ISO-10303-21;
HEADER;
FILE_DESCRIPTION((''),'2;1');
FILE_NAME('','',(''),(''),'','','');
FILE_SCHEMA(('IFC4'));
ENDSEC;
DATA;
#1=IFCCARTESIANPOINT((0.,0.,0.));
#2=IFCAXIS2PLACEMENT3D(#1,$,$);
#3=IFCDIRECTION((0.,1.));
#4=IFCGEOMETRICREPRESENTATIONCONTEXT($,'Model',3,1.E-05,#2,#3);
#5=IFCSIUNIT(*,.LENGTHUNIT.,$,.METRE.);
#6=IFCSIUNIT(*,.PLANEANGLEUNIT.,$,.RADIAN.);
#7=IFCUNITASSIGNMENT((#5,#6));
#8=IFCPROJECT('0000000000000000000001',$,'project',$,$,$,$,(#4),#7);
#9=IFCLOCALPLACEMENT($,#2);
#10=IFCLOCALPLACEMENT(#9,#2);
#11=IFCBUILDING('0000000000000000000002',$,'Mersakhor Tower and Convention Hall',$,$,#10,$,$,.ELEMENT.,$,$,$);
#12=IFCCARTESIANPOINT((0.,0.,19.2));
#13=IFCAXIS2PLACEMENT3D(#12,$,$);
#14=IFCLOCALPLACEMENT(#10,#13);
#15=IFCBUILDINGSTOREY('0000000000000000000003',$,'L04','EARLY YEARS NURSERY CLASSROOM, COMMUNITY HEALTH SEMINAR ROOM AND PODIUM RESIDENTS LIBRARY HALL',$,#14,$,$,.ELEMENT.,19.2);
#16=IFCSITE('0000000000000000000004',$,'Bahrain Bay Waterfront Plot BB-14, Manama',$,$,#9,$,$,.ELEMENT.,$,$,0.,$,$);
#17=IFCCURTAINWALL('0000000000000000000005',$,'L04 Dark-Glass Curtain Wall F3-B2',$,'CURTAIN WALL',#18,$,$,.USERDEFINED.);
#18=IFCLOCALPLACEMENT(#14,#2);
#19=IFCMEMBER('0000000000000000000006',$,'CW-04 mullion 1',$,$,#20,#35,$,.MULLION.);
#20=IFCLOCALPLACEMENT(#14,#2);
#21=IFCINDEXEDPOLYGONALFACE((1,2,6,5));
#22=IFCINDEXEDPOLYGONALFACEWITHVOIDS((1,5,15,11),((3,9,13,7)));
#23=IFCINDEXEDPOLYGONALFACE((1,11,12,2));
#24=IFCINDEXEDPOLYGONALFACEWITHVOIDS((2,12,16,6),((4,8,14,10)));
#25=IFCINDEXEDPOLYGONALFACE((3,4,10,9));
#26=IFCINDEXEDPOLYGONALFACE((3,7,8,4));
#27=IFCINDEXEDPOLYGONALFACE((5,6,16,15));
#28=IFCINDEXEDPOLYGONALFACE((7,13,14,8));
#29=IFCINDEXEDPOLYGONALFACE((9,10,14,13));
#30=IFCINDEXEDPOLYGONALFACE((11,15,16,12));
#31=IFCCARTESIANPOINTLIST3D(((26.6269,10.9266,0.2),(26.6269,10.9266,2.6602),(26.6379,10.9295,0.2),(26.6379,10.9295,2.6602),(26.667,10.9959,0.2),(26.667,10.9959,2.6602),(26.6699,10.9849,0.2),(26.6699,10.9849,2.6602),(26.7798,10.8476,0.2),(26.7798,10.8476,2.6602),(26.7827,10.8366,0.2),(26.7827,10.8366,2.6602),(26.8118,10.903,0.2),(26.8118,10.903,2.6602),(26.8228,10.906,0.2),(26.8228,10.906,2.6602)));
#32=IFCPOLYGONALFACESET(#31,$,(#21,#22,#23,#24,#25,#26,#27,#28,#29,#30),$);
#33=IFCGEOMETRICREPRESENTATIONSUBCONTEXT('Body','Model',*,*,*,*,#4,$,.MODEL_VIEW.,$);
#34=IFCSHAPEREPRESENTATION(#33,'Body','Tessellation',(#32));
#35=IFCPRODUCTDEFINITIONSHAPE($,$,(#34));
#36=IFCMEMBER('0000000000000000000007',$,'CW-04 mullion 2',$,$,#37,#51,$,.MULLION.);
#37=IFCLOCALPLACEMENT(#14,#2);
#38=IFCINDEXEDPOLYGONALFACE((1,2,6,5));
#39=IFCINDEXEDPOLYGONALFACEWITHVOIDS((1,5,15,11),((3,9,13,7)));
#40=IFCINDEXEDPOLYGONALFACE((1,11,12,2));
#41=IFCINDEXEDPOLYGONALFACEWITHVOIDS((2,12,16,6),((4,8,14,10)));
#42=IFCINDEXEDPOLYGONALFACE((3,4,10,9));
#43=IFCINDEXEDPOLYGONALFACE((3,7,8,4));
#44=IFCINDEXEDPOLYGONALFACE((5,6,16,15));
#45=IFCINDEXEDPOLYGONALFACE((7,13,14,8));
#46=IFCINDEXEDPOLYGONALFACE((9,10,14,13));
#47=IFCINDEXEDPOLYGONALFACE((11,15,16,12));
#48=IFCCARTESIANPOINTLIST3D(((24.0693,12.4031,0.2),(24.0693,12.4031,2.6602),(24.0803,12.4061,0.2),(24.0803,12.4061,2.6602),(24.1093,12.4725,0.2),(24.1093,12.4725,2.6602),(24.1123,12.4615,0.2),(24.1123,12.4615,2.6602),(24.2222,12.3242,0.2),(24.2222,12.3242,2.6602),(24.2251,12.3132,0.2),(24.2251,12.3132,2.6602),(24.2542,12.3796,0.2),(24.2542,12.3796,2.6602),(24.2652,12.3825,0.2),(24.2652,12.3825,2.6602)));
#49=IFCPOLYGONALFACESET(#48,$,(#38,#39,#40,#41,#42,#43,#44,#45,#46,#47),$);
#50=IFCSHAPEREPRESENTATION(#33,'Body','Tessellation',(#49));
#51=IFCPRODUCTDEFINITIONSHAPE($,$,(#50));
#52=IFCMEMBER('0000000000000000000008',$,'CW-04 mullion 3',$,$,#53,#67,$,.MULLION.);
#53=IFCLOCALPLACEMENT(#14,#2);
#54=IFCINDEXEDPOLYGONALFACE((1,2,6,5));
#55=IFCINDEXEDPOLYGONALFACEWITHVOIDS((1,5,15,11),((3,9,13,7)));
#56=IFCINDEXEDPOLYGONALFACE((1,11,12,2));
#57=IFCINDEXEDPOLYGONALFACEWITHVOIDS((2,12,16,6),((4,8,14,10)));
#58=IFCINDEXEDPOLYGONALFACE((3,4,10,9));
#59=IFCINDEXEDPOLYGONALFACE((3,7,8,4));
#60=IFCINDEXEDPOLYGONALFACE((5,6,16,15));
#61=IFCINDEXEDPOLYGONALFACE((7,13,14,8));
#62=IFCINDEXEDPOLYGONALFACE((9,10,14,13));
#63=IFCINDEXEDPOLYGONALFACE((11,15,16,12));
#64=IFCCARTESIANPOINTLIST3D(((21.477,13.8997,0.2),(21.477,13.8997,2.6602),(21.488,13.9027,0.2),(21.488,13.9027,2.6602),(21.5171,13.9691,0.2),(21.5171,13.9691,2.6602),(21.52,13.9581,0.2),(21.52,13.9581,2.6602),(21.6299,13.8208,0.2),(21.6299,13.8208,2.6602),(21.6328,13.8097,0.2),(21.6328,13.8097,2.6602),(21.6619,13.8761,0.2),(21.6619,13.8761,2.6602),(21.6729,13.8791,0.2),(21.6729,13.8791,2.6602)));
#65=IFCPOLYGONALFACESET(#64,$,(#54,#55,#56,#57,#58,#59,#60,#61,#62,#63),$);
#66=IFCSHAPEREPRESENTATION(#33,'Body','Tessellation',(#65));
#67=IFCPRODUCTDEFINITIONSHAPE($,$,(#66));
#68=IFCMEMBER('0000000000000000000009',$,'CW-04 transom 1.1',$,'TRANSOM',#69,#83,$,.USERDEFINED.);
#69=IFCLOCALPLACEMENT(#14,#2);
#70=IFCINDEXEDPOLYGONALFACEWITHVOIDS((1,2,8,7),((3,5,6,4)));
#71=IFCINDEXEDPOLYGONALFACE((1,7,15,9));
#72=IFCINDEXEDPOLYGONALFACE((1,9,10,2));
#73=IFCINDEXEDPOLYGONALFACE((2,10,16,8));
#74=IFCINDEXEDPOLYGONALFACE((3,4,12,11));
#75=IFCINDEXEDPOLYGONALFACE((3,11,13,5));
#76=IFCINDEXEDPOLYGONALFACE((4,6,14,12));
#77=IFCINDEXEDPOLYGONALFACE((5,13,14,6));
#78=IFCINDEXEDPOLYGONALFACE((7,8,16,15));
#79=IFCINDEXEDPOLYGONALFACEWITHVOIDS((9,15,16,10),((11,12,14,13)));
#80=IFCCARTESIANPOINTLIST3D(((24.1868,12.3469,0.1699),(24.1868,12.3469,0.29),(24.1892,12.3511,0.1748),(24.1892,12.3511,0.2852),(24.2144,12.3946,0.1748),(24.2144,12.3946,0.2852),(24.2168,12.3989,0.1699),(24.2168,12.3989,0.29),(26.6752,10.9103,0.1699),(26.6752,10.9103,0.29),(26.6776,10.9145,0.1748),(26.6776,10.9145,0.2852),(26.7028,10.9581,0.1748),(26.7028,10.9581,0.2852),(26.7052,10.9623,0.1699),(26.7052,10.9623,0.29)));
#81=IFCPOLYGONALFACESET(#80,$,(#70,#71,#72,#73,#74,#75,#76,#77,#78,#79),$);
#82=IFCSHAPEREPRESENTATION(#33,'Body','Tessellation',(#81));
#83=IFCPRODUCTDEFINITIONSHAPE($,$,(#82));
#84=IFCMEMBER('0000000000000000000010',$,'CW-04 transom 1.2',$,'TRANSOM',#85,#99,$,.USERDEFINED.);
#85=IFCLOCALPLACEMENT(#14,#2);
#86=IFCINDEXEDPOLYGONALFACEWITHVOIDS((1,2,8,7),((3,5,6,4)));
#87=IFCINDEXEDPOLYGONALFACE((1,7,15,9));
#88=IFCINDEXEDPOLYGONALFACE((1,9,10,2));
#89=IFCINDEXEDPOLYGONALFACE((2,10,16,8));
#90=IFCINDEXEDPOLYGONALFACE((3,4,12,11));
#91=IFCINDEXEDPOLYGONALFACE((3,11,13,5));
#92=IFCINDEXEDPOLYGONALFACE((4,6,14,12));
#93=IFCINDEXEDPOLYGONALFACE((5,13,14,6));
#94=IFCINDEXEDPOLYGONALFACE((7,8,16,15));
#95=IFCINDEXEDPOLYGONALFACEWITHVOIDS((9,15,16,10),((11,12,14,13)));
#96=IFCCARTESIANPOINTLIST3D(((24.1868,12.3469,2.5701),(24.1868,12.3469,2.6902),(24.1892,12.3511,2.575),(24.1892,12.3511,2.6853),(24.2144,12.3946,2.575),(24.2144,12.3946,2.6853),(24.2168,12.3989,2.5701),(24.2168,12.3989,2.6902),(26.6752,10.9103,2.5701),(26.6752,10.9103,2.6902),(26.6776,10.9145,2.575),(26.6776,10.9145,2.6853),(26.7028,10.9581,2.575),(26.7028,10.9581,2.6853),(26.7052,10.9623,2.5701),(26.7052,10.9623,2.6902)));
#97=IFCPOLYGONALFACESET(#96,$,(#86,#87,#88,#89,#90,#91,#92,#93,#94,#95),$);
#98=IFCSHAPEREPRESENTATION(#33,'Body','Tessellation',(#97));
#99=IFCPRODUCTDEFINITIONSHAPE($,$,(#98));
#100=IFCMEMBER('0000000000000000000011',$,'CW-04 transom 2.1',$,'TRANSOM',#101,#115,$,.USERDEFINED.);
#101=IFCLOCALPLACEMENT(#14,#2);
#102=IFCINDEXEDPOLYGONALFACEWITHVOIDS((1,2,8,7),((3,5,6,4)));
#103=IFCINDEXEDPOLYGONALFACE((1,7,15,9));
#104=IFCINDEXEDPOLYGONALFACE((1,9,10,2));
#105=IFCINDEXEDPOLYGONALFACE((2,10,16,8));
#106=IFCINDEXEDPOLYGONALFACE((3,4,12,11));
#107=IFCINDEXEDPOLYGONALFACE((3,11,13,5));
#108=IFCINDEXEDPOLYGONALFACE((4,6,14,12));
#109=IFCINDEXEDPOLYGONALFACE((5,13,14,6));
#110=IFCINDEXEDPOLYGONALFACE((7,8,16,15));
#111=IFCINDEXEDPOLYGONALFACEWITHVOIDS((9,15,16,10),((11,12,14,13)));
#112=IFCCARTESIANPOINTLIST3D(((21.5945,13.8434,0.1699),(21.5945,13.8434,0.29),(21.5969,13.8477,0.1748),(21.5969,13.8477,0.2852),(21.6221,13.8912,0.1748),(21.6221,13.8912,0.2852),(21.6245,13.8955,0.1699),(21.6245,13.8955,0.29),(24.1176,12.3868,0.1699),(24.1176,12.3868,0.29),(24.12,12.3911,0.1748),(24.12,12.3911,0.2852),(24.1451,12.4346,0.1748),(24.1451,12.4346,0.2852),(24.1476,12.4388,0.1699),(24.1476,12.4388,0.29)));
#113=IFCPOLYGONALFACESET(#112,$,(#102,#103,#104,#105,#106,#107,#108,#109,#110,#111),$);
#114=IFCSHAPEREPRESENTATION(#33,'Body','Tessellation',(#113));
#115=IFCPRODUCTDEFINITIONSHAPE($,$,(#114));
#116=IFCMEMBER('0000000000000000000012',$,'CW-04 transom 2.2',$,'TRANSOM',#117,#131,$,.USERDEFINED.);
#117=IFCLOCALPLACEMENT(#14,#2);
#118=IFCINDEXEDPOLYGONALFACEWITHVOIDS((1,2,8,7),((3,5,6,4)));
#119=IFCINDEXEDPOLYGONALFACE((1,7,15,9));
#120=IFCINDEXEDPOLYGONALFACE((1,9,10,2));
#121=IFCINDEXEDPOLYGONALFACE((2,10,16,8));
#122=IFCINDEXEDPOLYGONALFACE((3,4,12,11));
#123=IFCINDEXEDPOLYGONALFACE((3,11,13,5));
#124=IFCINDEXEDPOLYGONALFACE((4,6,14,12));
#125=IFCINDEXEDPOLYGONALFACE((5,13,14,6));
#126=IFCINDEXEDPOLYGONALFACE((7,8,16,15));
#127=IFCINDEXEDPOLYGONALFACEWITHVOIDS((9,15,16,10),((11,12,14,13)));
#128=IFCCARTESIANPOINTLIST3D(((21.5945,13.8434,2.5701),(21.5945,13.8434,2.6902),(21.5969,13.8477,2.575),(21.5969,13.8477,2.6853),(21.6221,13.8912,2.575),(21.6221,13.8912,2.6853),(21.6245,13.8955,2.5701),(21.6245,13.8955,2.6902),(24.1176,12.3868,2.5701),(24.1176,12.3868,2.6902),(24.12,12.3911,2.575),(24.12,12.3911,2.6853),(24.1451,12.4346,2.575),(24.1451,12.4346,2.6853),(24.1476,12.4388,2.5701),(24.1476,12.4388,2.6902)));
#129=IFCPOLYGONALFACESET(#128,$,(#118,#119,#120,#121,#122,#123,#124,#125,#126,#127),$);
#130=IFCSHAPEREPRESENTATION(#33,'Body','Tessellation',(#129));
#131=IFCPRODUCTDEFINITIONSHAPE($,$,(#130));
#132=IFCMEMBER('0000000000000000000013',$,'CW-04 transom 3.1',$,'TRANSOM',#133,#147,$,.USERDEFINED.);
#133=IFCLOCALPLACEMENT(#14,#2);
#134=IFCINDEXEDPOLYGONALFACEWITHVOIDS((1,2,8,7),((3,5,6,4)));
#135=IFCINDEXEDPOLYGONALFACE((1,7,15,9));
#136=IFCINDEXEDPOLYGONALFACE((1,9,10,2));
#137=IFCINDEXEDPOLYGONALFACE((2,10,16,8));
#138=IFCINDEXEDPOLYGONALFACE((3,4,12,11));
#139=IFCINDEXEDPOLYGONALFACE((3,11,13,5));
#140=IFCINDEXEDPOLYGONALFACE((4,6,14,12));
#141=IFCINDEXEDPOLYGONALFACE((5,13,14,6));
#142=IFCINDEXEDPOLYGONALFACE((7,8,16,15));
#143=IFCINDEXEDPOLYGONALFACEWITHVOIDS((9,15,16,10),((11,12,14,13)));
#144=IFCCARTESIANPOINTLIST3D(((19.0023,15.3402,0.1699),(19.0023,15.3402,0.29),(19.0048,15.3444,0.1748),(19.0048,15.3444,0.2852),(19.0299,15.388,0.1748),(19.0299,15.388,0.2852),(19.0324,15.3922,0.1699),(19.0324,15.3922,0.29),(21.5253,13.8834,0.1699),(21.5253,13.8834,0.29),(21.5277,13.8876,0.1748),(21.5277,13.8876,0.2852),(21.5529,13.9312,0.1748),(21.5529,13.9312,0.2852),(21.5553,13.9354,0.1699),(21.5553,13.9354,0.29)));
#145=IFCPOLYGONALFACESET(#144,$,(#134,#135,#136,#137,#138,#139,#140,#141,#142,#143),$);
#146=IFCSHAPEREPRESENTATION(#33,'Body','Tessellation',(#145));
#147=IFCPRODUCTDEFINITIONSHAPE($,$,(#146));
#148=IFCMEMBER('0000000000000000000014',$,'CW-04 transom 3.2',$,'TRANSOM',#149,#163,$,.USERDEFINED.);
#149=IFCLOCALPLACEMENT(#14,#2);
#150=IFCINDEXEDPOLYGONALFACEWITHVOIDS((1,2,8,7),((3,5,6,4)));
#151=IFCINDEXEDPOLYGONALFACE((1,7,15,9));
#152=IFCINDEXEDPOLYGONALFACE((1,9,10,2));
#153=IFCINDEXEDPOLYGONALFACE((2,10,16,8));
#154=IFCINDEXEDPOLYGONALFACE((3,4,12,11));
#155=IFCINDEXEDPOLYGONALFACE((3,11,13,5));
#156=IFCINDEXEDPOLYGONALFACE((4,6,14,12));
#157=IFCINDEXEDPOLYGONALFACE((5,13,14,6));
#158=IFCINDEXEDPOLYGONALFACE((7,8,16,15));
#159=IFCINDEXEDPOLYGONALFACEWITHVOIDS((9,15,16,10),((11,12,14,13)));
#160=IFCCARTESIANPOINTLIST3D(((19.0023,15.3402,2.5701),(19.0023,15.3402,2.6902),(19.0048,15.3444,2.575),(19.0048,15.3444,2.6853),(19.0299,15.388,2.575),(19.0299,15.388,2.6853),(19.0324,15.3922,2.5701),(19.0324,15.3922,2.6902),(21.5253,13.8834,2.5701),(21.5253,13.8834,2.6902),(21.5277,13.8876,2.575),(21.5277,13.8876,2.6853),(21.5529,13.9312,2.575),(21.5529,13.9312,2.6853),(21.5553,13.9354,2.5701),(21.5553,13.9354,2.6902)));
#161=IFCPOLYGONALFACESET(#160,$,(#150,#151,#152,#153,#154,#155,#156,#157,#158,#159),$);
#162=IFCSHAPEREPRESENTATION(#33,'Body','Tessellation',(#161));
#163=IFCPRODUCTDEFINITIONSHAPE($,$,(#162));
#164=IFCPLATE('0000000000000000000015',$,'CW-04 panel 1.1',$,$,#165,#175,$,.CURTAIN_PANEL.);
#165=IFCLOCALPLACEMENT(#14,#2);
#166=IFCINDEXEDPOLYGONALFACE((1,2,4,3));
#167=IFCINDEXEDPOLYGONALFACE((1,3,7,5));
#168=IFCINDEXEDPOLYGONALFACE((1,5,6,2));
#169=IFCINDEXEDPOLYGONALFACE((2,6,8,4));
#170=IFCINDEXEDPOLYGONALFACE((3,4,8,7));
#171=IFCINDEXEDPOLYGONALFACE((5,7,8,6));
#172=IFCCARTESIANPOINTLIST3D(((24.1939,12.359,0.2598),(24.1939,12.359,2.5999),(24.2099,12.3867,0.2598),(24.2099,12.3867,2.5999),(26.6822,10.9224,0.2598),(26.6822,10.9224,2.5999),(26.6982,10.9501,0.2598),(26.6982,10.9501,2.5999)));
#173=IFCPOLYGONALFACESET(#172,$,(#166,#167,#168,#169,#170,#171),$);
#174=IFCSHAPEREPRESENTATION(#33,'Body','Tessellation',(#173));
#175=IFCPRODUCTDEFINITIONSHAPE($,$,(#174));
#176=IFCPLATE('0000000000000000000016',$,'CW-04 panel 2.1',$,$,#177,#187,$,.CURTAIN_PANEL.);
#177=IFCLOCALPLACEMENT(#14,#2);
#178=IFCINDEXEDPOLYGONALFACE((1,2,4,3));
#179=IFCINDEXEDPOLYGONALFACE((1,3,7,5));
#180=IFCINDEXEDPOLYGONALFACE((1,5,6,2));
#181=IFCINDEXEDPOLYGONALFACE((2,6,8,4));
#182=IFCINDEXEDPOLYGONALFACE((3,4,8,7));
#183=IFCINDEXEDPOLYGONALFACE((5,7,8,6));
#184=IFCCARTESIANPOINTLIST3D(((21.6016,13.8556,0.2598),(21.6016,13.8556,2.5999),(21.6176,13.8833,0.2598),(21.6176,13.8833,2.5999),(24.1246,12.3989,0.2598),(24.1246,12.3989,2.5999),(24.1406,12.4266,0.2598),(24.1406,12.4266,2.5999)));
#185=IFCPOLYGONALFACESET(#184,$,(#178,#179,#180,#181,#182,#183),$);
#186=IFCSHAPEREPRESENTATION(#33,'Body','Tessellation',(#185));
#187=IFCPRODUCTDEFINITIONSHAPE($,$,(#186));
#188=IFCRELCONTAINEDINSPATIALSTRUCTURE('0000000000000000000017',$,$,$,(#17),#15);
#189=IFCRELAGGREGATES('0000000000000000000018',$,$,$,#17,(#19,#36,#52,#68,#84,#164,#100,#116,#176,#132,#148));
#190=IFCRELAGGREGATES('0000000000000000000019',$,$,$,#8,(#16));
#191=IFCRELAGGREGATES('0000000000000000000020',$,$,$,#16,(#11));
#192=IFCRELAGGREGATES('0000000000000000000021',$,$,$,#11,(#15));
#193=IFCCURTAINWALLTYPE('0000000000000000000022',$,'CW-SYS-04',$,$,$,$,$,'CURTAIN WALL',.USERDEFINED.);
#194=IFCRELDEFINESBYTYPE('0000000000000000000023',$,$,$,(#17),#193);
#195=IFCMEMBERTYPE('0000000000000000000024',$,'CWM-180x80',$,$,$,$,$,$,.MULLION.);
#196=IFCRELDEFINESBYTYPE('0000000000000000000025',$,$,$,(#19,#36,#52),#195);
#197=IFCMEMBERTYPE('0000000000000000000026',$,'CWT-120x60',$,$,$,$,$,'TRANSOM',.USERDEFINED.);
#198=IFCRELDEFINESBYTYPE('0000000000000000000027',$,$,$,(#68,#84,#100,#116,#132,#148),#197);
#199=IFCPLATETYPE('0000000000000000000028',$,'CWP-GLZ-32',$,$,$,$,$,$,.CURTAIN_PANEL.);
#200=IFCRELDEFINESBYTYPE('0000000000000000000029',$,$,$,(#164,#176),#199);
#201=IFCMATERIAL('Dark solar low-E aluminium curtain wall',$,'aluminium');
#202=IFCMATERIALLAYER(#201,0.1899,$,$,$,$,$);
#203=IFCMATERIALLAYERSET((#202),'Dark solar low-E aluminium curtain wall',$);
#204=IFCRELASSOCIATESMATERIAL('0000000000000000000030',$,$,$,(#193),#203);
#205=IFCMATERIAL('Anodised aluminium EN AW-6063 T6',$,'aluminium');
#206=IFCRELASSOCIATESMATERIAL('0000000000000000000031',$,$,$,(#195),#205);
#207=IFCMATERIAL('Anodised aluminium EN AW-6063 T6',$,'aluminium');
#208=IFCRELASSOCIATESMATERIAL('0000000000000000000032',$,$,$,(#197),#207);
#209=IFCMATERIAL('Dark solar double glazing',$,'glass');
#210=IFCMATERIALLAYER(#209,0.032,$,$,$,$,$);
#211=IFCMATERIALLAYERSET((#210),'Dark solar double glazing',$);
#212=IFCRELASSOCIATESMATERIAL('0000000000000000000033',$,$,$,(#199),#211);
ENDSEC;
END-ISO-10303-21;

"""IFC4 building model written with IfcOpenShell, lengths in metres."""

from ifc_helpers import new_model, si_unit, direction, frame, origin, origin_2d, place, context, subcontext, project, spatial, rectangle, hollow_rectangle, extrude, material, layer, layer_set, material_profile, profile_set, type_object, element, aggregate, save


model = new_model("IFC4")

# Units and contexts
model_context = context("Model", 3, precision=1e-05, world=origin(), true_north=direction((0.0, 1.0)))
body_context = subcontext(model_context, "Body", "Model", "MODEL_VIEW")
ifc_project = project(units=[si_unit("LENGTHUNIT", "METRE"), si_unit("PLANEANGLEUNIT", "RADIAN")], contexts=[model_context])

# Site, building, storey
site_placement = place(None, origin())
site = spatial("IfcSite", under=ifc_project, at=site_placement, Name="Bahrain Bay Waterfront Plot BB-14, Manama", CompositionType="ELEMENT", RefElevation=0.0)
building_placement = place(site_placement, origin())
building = spatial("IfcBuilding", under=site, at=building_placement, Name="Mersakhor Tower and Convention Hall", CompositionType="ELEMENT")
storey_placement = place(building_placement, frame((0.0, 0.0, 19.2)))
storey = spatial("IfcBuildingStorey", under=building, at=storey_placement, Name="L04", Description="EARLY YEARS NURSERY CLASSROOM, COMMUNITY HEALTH SEMINAR ROOM AND PODIUM RESIDENTS LIBRARY HALL", CompositionType="ELEMENT", Elevation=19.2)

# Curtain wall, members, plates
ifc_material_1 = material(Name="Dark solar low-E aluminium curtain wall", Category="aluminium")
ifc_layer_1 = layer(ifc_material_1, 0.1899)
ifc_layer_set_1 = layer_set([ifc_layer_1], Name="Dark solar low-E aluminium curtain wall")
curtain_wall_type = type_object("IfcCurtainWallType", Name="CW-SYS-04", ElementType="CURTAIN WALL", PredefinedType="USERDEFINED", material=ifc_layer_set_1)
curtain_wall_placement = place(storey_placement, origin())
curtain_wall = element("IfcCurtainWall", 1, at=curtain_wall_placement, inside=storey, type_object=curtain_wall_type, Name="L04 Dark-Glass Curtain Wall F3-B2", ObjectType="CURTAIN WALL", PredefinedType="USERDEFINED")
ifc_material_2 = material(Name="Anodised aluminium EN AW-6063 T6", Category="aluminium")
ifc_material_profile_1 = material_profile(ifc_material_2, hollow_rectangle(XDim=0.0801, YDim=0.1799, WallThickness=0.0081, at=origin_2d()), Name="RHS 180x80x8")
ifc_profile_set_1 = profile_set([ifc_material_profile_1], Name="Anodised aluminium EN AW-6063 T6")
member_type_1 = type_object("IfcMemberType", Name="CWM-180x80", PredefinedType="MULLION", material=ifc_profile_set_1)
member_1_placement = place(storey_placement, frame((26.7249, 10.9163, 0.2), z_axis=(0.0, 0.0, 1.0), x_axis=(-0.500003, -0.866023, 0.0)))
member_1 = element("IfcMember", 2, at=member_1_placement, type_object=member_type_1, Name="CW-04 mullion 1", PredefinedType="MULLION", context=body_context, shape_type="SweptSolid", body=[
    extrude(hollow_rectangle(XDim=0.0801, YDim=0.1799, WallThickness=0.0081, at=origin_2d()), origin(), (0.0, 0.0, 1.0), 2.4602),
])
member_2_placement = place(storey_placement, frame((24.1672, 12.3928, 0.2), z_axis=(0.0, 0.0, 1.0), x_axis=(-0.500003, -0.866023, 0.0)))
member_2 = element("IfcMember", 3, at=member_2_placement, type_object=member_type_1, Name="CW-04 mullion 2", PredefinedType="MULLION", context=body_context, shape_type="SweptSolid", body=[
    extrude(hollow_rectangle(XDim=0.0801, YDim=0.1799, WallThickness=0.0081, at=origin_2d()), origin(), (0.0, 0.0, 1.0), 2.4602),
])
member_3_placement = place(storey_placement, frame((21.575, 13.8894, 0.2), z_axis=(0.0, 0.0, 1.0), x_axis=(-0.500003, -0.866023, 0.0)))
member_3 = element("IfcMember", 4, at=member_3_placement, type_object=member_type_1, Name="CW-04 mullion 3", PredefinedType="MULLION", context=body_context, shape_type="SweptSolid", body=[
    extrude(hollow_rectangle(XDim=0.0801, YDim=0.1799, WallThickness=0.0081, at=origin_2d()), origin(), (0.0, 0.0, 1.0), 2.4602),
])
ifc_material_3 = material(Name="Anodised aluminium EN AW-6063 T6", Category="aluminium")
ifc_material_profile_2 = material_profile(ifc_material_3, hollow_rectangle(XDim=0.0601, YDim=0.1201, WallThickness=0.0049, at=origin_2d()), Name="RHS 120x60x5")
ifc_profile_set_2 = profile_set([ifc_material_profile_2], Name="Anodised aluminium EN AW-6063 T6")
member_type_2 = type_object("IfcMemberType", Name="CWT-120x60", ElementType="TRANSOM", PredefinedType="USERDEFINED", material=ifc_profile_set_2)
member_4_placement = place(storey_placement, frame((26.6902, 10.9363, 0.23), z_axis=(-0.866038, 0.499977, 0.0), x_axis=(-0.499977, -0.866038, 0.0)))
member_4 = element("IfcMember", 5, at=member_4_placement, type_object=member_type_2, Name="CW-04 transom 1.1", ObjectType="TRANSOM", PredefinedType="USERDEFINED", context=body_context, shape_type="SweptSolid", body=[
    extrude(hollow_rectangle(XDim=0.0601, YDim=0.1201, WallThickness=0.0049, at=origin_2d()), origin(), (0.0, 0.0, 1.0), 2.8733),
])
member_5_placement = place(storey_placement, frame((26.6902, 10.9363, 2.6301), z_axis=(-0.866038, 0.499977, 0.0), x_axis=(-0.499977, -0.866038, 0.0)))
member_5 = element("IfcMember", 6, at=member_5_placement, type_object=member_type_2, Name="CW-04 transom 1.2", ObjectType="TRANSOM", PredefinedType="USERDEFINED", context=body_context, shape_type="SweptSolid", body=[
    extrude(hollow_rectangle(XDim=0.0601, YDim=0.1201, WallThickness=0.0049, at=origin_2d()), origin(), (0.0, 0.0, 1.0), 2.8733),
])
member_6_placement = place(storey_placement, frame((24.1326, 12.4128, 0.23), z_axis=(-0.866038, 0.499979, 0.0), x_axis=(-0.499979, -0.866038, 0.0)))
member_6 = element("IfcMember", 7, at=member_6_placement, type_object=member_type_2, Name="CW-04 transom 2.1", ObjectType="TRANSOM", PredefinedType="USERDEFINED", context=body_context, shape_type="SweptSolid", body=[
    extrude(hollow_rectangle(XDim=0.0601, YDim=0.1201, WallThickness=0.0049, at=origin_2d()), origin(), (0.0, 0.0, 1.0), 2.9133),
])
member_7_placement = place(storey_placement, frame((24.1326, 12.4128, 2.6301), z_axis=(-0.866038, 0.499979, 0.0), x_axis=(-0.499979, -0.866038, 0.0)))
member_7 = element("IfcMember", 8, at=member_7_placement, type_object=member_type_2, Name="CW-04 transom 2.2", ObjectType="TRANSOM", PredefinedType="USERDEFINED", context=body_context, shape_type="SweptSolid", body=[
    extrude(hollow_rectangle(XDim=0.0601, YDim=0.1201, WallThickness=0.0049, at=origin_2d()), origin(), (0.0, 0.0, 1.0), 2.9133),
])
member_8_placement = place(storey_placement, frame((21.5403, 13.9094, 0.23), z_axis=(-0.866001, 0.500042, 0.0), x_axis=(-0.500042, -0.866001, 0.0)))
member_8 = element("IfcMember", 9, at=member_8_placement, type_object=member_type_2, Name="CW-04 transom 3.1", ObjectType="TRANSOM", PredefinedType="USERDEFINED", context=body_context, shape_type="SweptSolid", body=[
    extrude(hollow_rectangle(XDim=0.0601, YDim=0.1201, WallThickness=0.0049, at=origin_2d()), origin(), (0.0, 0.0, 1.0), 2.9133),
])
member_9_placement = place(storey_placement, frame((21.5403, 13.9094, 2.6301), z_axis=(-0.866001, 0.500042, 0.0), x_axis=(-0.500042, -0.866001, 0.0)))
member_9 = element("IfcMember", 10, at=member_9_placement, type_object=member_type_2, Name="CW-04 transom 3.2", ObjectType="TRANSOM", PredefinedType="USERDEFINED", context=body_context, shape_type="SweptSolid", body=[
    extrude(hollow_rectangle(XDim=0.0601, YDim=0.1201, WallThickness=0.0049, at=origin_2d()), origin(), (0.0, 0.0, 1.0), 2.9133),
])
ifc_material_4 = material(Name="Dark solar double glazing", Category="glass")
ifc_layer_2 = layer(ifc_material_4, 0.032)
ifc_layer_set_2 = layer_set([ifc_layer_2], Name="Dark solar double glazing")
plate_type_1 = type_object("IfcPlateType", Name="CWP-GLZ-32", PredefinedType="CURTAIN_PANEL", material=ifc_layer_set_2)
plate_1_placement = place(storey_placement, frame((25.446, 11.6545, 0.2598), z_axis=(0.0, 0.0, 1.0), x_axis=(-0.866023, 0.500003, 0.0)))
plate_1 = element("IfcPlate", 11, at=plate_1_placement, type_object=plate_type_1, Name="CW-04 panel 1.1", PredefinedType="CURTAIN_PANEL", context=body_context, shape_type="SweptSolid", body=[
    extrude(rectangle(XDim=2.8733, YDim=0.032, at=origin_2d()), origin(), (0.0, 0.0, 1.0), 2.3401),
])
plate_2_placement = place(storey_placement, frame((22.8711, 13.1411, 0.2598), z_axis=(0.0, 0.0, 1.0), x_axis=(-0.866023, 0.500003, 0.0)))
plate_2 = element("IfcPlate", 12, at=plate_2_placement, type_object=plate_type_1, Name="CW-04 panel 2.1", PredefinedType="CURTAIN_PANEL", context=body_context, shape_type="SweptSolid", body=[
    extrude(rectangle(XDim=2.9133, YDim=0.032, at=origin_2d()), origin(), (0.0, 0.0, 1.0), 2.3401),
])
aggregate(curtain_wall, [member_1, member_2, member_3, member_4, member_5, plate_1, member_6, member_7, plate_2, member_8, member_9])

save(model, "model.ifc")
